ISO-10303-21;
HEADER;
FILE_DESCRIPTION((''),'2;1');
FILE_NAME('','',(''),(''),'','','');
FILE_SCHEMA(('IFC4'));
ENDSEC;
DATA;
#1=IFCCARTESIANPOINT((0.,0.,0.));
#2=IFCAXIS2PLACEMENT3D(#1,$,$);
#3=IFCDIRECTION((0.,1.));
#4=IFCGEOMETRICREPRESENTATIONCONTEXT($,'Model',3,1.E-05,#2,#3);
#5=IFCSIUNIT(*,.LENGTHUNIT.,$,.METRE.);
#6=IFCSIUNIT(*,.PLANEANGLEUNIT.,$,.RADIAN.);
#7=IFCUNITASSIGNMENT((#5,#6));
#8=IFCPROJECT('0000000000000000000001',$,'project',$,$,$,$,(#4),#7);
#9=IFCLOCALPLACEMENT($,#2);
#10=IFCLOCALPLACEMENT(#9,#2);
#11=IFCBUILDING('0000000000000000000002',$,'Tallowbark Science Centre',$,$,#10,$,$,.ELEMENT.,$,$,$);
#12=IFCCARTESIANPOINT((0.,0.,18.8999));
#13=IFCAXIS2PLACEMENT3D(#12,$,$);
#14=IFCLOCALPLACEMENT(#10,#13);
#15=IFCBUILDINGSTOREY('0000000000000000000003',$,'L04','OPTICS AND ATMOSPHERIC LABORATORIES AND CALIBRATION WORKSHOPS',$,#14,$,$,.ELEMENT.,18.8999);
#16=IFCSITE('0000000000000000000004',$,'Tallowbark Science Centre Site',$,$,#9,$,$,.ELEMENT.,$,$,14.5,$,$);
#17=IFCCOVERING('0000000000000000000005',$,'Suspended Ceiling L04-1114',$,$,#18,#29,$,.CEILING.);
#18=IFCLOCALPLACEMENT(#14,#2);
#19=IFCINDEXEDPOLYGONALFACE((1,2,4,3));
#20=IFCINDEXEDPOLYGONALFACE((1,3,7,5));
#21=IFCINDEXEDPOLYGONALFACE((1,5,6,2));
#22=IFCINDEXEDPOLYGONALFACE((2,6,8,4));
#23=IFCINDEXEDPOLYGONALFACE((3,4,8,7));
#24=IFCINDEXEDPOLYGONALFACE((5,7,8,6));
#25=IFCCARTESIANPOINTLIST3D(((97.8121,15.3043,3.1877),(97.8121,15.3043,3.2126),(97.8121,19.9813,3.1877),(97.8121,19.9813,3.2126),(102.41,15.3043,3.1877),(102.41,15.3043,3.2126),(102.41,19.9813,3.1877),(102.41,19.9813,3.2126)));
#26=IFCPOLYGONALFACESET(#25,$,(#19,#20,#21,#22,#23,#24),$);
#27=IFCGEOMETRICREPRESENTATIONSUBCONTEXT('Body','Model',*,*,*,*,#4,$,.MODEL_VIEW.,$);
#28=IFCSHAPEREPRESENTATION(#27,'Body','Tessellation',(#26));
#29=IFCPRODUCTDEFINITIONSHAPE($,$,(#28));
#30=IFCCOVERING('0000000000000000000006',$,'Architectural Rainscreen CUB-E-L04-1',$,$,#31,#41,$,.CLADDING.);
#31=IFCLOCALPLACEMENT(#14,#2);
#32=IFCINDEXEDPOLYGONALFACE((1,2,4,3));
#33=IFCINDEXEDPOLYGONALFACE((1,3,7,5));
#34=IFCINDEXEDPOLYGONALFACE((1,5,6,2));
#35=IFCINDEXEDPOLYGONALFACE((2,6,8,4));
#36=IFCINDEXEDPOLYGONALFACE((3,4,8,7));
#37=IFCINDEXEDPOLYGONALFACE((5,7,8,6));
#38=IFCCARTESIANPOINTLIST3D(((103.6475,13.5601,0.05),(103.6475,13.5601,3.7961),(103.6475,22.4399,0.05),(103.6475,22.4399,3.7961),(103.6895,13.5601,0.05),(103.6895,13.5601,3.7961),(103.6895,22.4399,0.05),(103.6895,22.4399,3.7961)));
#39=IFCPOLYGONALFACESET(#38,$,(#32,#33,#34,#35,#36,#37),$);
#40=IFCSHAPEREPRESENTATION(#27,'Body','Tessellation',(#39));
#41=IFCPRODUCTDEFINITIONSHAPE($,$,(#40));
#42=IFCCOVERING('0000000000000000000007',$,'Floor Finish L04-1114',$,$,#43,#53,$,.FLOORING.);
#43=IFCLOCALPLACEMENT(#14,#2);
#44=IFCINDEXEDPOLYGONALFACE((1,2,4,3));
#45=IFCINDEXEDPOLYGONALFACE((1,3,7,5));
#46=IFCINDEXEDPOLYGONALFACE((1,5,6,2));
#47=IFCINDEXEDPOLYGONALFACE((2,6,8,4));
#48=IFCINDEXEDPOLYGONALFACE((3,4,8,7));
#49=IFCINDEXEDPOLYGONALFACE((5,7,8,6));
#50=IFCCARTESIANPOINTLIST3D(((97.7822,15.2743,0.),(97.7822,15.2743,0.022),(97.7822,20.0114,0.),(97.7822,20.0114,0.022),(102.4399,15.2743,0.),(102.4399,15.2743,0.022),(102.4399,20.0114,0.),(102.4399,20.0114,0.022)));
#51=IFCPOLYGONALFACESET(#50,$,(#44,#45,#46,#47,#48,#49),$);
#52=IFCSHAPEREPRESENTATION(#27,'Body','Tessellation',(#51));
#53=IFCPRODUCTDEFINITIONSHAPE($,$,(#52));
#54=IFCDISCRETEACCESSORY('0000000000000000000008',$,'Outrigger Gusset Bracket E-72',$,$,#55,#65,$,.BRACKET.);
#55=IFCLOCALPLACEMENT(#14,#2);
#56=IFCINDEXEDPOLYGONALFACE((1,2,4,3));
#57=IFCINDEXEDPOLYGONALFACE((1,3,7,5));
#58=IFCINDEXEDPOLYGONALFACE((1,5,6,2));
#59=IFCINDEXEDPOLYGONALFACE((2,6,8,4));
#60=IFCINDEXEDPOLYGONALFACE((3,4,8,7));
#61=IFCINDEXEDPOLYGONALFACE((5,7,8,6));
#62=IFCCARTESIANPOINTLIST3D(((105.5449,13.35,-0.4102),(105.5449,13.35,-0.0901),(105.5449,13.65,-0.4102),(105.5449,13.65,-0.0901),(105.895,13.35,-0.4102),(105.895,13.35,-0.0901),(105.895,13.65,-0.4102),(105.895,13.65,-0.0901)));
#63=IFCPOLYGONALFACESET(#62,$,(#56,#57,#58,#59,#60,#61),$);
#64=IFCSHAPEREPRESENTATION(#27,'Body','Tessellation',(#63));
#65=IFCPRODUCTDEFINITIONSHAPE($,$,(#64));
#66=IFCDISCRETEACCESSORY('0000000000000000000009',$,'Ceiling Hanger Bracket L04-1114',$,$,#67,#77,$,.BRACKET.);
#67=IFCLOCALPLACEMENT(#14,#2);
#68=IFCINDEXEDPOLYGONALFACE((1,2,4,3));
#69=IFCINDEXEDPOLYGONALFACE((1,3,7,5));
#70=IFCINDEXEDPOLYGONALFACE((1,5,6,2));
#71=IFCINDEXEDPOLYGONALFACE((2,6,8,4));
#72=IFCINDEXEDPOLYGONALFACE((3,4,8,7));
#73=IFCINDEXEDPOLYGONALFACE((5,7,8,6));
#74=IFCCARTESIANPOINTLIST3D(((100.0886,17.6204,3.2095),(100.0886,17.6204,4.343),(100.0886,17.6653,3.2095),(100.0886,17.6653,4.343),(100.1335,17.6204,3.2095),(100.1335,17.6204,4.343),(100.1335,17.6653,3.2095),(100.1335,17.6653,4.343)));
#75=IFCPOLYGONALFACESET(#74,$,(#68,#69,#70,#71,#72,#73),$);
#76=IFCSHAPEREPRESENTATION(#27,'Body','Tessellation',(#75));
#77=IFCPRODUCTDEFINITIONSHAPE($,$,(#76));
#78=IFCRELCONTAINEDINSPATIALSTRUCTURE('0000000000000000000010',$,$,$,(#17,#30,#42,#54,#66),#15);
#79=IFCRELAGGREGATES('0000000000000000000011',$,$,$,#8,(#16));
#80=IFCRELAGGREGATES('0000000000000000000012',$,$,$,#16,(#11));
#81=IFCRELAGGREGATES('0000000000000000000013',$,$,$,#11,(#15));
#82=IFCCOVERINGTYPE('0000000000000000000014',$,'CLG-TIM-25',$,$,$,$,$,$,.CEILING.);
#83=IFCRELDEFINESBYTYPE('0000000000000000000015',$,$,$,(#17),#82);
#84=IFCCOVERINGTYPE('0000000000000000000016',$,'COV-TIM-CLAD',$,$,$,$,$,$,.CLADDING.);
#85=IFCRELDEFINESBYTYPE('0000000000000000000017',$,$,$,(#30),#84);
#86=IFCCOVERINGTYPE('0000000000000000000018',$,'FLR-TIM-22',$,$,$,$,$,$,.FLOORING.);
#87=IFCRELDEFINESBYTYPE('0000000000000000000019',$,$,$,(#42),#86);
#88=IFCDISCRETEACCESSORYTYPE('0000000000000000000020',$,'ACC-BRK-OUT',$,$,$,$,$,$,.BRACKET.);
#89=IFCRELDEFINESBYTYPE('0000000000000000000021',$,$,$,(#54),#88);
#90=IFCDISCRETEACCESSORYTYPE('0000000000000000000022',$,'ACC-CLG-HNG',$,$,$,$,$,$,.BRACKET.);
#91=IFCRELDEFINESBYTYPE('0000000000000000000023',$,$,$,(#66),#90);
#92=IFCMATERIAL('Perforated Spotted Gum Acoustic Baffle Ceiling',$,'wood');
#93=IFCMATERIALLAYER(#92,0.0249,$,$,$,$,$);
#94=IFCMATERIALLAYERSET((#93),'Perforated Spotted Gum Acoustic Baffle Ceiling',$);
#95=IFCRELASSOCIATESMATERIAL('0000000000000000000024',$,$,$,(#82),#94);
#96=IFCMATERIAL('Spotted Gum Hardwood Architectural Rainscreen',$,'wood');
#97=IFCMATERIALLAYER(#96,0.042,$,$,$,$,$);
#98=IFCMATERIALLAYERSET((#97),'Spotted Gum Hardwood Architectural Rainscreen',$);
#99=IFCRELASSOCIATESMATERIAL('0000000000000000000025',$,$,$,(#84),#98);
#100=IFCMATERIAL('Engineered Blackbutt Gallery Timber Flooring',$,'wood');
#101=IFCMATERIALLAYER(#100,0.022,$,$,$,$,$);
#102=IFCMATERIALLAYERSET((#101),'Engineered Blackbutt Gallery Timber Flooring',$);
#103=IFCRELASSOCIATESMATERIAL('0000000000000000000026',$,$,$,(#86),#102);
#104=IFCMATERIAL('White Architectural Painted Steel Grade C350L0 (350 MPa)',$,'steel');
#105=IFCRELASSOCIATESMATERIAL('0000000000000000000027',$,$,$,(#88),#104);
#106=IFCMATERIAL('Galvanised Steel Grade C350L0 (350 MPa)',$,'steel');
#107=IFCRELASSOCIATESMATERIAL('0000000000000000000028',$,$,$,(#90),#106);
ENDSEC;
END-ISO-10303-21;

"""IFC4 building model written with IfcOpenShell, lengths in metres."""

from ifc_helpers import new_model, si_unit, direction, frame, origin, origin_2d, place, context, subcontext, project, spatial, rectangle, extrude, material, layer, layer_set, type_object, element, save


model = new_model("IFC4")

# Units and contexts
model_context = context("Model", 3, precision=1e-05, world=origin(), true_north=direction((0.0, 1.0)))
body_context = subcontext(model_context, "Body", "Model", "MODEL_VIEW")
ifc_project = project(units=[si_unit("LENGTHUNIT", "METRE"), si_unit("PLANEANGLEUNIT", "RADIAN")], contexts=[model_context])

# Site, building, storey
site_placement = place(None, origin())
site = spatial("IfcSite", under=ifc_project, at=site_placement, Name="Tallowbark Science Centre Site", CompositionType="ELEMENT", RefElevation=14.5)
building_placement = place(site_placement, origin())
building = spatial("IfcBuilding", under=site, at=building_placement, Name="Tallowbark Science Centre", CompositionType="ELEMENT")
storey_placement = place(building_placement, frame((0.0, 0.0, 18.8999)))
storey = spatial("IfcBuildingStorey", under=building, at=storey_placement, Name="L04", Description="OPTICS AND ATMOSPHERIC LABORATORIES AND CALIBRATION WORKSHOPS", CompositionType="ELEMENT", Elevation=18.8999)

# Shared definitions
ifc_material_1 = material(Name="White Architectural Painted Steel Grade C350L0 (350 MPa)", Category="steel")

# Coverings
ifc_material_2 = material(Name="Perforated Spotted Gum Acoustic Baffle Ceiling", Category="wood")
ifc_layer_1 = layer(ifc_material_2, 0.0249)
ifc_layer_set_1 = layer_set([ifc_layer_1], Name="Perforated Spotted Gum Acoustic Baffle Ceiling")
covering_type_1 = type_object("IfcCoveringType", Name="CLG-TIM-25", PredefinedType="CEILING", material=ifc_layer_set_1)
covering_1_placement = place(storey_placement, frame((100.1111, 17.6428, 3.1877), z_axis=(0.0, 0.0, 1.0), x_axis=(1.0, 0.0, 0.0)))
element("IfcCovering", 1, at=covering_1_placement, inside=storey, type_object=covering_type_1, Name="Suspended Ceiling L04-1114", PredefinedType="CEILING", context=body_context, shape_type="SweptSolid", body=[
    extrude(rectangle(XDim=4.5979, YDim=4.677, at=origin_2d()), origin(), (0.0, 0.0, 1.0), 0.0249),
])
ifc_material_3 = material(Name="Spotted Gum Hardwood Architectural Rainscreen", Category="wood")
ifc_layer_2 = layer(ifc_material_3, 0.042)
ifc_layer_set_2 = layer_set([ifc_layer_2], Name="Spotted Gum Hardwood Architectural Rainscreen")
covering_type_2 = type_object("IfcCoveringType", Name="COV-TIM-CLAD", PredefinedType="CLADDING", material=ifc_layer_set_2)
covering_2_placement = place(storey_placement, frame((103.6685, 18.0, 0.05), z_axis=(0.0, 0.0, 1.0), x_axis=(0.0, 1.0, 0.0)))
element("IfcCovering", 2, at=covering_2_placement, inside=storey, type_object=covering_type_2, Name="Architectural Rainscreen CUB-E-L04-1", PredefinedType="CLADDING", context=body_context, shape_type="SweptSolid", body=[
    extrude(rectangle(XDim=8.8799, YDim=0.042, at=origin_2d()), origin(), (0.0, 0.0, 1.0), 3.7461),
])
ifc_material_4 = material(Name="Engineered Blackbutt Gallery Timber Flooring", Category="wood")
ifc_layer_3 = layer(ifc_material_4, 0.022)
ifc_layer_set_3 = layer_set([ifc_layer_3], Name="Engineered Blackbutt Gallery Timber Flooring")
covering_type_3 = type_object("IfcCoveringType", Name="FLR-TIM-22", PredefinedType="FLOORING", material=ifc_layer_set_3)
covering_3_placement = place(storey_placement, frame((100.1111, 17.6428, 0.0), z_axis=(0.0, 0.0, 1.0), x_axis=(1.0, 0.0, 0.0)))
element("IfcCovering", 3, at=covering_3_placement, inside=storey, type_object=covering_type_3, Name="Floor Finish L04-1114", PredefinedType="FLOORING", context=body_context, shape_type="SweptSolid", body=[
    extrude(rectangle(XDim=4.6577, YDim=4.7371, at=origin_2d()), origin(), (0.0, 0.0, 1.0), 0.022),
])

# Discrete accessories
discrete_accessory_type_1 = type_object("IfcDiscreteAccessoryType", Name="ACC-BRK-OUT", PredefinedType="BRACKET", material=ifc_material_1)
discrete_accessory_1_placement = place(storey_placement, frame((105.72, 13.5, -0.4102), z_axis=(0.0, 0.0, 1.0), x_axis=(1.0, 0.0, 0.0)))
element("IfcDiscreteAccessory", 4, at=discrete_accessory_1_placement, inside=storey, type_object=discrete_accessory_type_1, Name="Outrigger Gusset Bracket E-72", PredefinedType="BRACKET", context=body_context, shape_type="SweptSolid", body=[
    extrude(rectangle(XDim=0.3501, YDim=0.3, at=origin_2d()), origin(), (0.0, 0.0, 1.0), 0.3201),
])
ifc_material_5 = material(Name="Galvanised Steel Grade C350L0 (350 MPa)", Category="steel")
discrete_accessory_type_2 = type_object("IfcDiscreteAccessoryType", Name="ACC-CLG-HNG", PredefinedType="BRACKET", material=ifc_material_5)
discrete_accessory_2_placement = place(storey_placement, frame((100.1111, 17.6428, 3.2095), z_axis=(0.0, 0.0, 1.0), x_axis=(1.0, 0.0, 0.0)))
element("IfcDiscreteAccessory", 5, at=discrete_accessory_2_placement, inside=storey, type_object=discrete_accessory_type_2, Name="Ceiling Hanger Bracket L04-1114", PredefinedType="BRACKET", context=body_context, shape_type="SweptSolid", body=[
    extrude(rectangle(XDim=0.0449, YDim=0.0449, at=origin_2d()), origin(), (0.0, 0.0, 1.0), 1.1335),
])

save(model, "model.ifc")
